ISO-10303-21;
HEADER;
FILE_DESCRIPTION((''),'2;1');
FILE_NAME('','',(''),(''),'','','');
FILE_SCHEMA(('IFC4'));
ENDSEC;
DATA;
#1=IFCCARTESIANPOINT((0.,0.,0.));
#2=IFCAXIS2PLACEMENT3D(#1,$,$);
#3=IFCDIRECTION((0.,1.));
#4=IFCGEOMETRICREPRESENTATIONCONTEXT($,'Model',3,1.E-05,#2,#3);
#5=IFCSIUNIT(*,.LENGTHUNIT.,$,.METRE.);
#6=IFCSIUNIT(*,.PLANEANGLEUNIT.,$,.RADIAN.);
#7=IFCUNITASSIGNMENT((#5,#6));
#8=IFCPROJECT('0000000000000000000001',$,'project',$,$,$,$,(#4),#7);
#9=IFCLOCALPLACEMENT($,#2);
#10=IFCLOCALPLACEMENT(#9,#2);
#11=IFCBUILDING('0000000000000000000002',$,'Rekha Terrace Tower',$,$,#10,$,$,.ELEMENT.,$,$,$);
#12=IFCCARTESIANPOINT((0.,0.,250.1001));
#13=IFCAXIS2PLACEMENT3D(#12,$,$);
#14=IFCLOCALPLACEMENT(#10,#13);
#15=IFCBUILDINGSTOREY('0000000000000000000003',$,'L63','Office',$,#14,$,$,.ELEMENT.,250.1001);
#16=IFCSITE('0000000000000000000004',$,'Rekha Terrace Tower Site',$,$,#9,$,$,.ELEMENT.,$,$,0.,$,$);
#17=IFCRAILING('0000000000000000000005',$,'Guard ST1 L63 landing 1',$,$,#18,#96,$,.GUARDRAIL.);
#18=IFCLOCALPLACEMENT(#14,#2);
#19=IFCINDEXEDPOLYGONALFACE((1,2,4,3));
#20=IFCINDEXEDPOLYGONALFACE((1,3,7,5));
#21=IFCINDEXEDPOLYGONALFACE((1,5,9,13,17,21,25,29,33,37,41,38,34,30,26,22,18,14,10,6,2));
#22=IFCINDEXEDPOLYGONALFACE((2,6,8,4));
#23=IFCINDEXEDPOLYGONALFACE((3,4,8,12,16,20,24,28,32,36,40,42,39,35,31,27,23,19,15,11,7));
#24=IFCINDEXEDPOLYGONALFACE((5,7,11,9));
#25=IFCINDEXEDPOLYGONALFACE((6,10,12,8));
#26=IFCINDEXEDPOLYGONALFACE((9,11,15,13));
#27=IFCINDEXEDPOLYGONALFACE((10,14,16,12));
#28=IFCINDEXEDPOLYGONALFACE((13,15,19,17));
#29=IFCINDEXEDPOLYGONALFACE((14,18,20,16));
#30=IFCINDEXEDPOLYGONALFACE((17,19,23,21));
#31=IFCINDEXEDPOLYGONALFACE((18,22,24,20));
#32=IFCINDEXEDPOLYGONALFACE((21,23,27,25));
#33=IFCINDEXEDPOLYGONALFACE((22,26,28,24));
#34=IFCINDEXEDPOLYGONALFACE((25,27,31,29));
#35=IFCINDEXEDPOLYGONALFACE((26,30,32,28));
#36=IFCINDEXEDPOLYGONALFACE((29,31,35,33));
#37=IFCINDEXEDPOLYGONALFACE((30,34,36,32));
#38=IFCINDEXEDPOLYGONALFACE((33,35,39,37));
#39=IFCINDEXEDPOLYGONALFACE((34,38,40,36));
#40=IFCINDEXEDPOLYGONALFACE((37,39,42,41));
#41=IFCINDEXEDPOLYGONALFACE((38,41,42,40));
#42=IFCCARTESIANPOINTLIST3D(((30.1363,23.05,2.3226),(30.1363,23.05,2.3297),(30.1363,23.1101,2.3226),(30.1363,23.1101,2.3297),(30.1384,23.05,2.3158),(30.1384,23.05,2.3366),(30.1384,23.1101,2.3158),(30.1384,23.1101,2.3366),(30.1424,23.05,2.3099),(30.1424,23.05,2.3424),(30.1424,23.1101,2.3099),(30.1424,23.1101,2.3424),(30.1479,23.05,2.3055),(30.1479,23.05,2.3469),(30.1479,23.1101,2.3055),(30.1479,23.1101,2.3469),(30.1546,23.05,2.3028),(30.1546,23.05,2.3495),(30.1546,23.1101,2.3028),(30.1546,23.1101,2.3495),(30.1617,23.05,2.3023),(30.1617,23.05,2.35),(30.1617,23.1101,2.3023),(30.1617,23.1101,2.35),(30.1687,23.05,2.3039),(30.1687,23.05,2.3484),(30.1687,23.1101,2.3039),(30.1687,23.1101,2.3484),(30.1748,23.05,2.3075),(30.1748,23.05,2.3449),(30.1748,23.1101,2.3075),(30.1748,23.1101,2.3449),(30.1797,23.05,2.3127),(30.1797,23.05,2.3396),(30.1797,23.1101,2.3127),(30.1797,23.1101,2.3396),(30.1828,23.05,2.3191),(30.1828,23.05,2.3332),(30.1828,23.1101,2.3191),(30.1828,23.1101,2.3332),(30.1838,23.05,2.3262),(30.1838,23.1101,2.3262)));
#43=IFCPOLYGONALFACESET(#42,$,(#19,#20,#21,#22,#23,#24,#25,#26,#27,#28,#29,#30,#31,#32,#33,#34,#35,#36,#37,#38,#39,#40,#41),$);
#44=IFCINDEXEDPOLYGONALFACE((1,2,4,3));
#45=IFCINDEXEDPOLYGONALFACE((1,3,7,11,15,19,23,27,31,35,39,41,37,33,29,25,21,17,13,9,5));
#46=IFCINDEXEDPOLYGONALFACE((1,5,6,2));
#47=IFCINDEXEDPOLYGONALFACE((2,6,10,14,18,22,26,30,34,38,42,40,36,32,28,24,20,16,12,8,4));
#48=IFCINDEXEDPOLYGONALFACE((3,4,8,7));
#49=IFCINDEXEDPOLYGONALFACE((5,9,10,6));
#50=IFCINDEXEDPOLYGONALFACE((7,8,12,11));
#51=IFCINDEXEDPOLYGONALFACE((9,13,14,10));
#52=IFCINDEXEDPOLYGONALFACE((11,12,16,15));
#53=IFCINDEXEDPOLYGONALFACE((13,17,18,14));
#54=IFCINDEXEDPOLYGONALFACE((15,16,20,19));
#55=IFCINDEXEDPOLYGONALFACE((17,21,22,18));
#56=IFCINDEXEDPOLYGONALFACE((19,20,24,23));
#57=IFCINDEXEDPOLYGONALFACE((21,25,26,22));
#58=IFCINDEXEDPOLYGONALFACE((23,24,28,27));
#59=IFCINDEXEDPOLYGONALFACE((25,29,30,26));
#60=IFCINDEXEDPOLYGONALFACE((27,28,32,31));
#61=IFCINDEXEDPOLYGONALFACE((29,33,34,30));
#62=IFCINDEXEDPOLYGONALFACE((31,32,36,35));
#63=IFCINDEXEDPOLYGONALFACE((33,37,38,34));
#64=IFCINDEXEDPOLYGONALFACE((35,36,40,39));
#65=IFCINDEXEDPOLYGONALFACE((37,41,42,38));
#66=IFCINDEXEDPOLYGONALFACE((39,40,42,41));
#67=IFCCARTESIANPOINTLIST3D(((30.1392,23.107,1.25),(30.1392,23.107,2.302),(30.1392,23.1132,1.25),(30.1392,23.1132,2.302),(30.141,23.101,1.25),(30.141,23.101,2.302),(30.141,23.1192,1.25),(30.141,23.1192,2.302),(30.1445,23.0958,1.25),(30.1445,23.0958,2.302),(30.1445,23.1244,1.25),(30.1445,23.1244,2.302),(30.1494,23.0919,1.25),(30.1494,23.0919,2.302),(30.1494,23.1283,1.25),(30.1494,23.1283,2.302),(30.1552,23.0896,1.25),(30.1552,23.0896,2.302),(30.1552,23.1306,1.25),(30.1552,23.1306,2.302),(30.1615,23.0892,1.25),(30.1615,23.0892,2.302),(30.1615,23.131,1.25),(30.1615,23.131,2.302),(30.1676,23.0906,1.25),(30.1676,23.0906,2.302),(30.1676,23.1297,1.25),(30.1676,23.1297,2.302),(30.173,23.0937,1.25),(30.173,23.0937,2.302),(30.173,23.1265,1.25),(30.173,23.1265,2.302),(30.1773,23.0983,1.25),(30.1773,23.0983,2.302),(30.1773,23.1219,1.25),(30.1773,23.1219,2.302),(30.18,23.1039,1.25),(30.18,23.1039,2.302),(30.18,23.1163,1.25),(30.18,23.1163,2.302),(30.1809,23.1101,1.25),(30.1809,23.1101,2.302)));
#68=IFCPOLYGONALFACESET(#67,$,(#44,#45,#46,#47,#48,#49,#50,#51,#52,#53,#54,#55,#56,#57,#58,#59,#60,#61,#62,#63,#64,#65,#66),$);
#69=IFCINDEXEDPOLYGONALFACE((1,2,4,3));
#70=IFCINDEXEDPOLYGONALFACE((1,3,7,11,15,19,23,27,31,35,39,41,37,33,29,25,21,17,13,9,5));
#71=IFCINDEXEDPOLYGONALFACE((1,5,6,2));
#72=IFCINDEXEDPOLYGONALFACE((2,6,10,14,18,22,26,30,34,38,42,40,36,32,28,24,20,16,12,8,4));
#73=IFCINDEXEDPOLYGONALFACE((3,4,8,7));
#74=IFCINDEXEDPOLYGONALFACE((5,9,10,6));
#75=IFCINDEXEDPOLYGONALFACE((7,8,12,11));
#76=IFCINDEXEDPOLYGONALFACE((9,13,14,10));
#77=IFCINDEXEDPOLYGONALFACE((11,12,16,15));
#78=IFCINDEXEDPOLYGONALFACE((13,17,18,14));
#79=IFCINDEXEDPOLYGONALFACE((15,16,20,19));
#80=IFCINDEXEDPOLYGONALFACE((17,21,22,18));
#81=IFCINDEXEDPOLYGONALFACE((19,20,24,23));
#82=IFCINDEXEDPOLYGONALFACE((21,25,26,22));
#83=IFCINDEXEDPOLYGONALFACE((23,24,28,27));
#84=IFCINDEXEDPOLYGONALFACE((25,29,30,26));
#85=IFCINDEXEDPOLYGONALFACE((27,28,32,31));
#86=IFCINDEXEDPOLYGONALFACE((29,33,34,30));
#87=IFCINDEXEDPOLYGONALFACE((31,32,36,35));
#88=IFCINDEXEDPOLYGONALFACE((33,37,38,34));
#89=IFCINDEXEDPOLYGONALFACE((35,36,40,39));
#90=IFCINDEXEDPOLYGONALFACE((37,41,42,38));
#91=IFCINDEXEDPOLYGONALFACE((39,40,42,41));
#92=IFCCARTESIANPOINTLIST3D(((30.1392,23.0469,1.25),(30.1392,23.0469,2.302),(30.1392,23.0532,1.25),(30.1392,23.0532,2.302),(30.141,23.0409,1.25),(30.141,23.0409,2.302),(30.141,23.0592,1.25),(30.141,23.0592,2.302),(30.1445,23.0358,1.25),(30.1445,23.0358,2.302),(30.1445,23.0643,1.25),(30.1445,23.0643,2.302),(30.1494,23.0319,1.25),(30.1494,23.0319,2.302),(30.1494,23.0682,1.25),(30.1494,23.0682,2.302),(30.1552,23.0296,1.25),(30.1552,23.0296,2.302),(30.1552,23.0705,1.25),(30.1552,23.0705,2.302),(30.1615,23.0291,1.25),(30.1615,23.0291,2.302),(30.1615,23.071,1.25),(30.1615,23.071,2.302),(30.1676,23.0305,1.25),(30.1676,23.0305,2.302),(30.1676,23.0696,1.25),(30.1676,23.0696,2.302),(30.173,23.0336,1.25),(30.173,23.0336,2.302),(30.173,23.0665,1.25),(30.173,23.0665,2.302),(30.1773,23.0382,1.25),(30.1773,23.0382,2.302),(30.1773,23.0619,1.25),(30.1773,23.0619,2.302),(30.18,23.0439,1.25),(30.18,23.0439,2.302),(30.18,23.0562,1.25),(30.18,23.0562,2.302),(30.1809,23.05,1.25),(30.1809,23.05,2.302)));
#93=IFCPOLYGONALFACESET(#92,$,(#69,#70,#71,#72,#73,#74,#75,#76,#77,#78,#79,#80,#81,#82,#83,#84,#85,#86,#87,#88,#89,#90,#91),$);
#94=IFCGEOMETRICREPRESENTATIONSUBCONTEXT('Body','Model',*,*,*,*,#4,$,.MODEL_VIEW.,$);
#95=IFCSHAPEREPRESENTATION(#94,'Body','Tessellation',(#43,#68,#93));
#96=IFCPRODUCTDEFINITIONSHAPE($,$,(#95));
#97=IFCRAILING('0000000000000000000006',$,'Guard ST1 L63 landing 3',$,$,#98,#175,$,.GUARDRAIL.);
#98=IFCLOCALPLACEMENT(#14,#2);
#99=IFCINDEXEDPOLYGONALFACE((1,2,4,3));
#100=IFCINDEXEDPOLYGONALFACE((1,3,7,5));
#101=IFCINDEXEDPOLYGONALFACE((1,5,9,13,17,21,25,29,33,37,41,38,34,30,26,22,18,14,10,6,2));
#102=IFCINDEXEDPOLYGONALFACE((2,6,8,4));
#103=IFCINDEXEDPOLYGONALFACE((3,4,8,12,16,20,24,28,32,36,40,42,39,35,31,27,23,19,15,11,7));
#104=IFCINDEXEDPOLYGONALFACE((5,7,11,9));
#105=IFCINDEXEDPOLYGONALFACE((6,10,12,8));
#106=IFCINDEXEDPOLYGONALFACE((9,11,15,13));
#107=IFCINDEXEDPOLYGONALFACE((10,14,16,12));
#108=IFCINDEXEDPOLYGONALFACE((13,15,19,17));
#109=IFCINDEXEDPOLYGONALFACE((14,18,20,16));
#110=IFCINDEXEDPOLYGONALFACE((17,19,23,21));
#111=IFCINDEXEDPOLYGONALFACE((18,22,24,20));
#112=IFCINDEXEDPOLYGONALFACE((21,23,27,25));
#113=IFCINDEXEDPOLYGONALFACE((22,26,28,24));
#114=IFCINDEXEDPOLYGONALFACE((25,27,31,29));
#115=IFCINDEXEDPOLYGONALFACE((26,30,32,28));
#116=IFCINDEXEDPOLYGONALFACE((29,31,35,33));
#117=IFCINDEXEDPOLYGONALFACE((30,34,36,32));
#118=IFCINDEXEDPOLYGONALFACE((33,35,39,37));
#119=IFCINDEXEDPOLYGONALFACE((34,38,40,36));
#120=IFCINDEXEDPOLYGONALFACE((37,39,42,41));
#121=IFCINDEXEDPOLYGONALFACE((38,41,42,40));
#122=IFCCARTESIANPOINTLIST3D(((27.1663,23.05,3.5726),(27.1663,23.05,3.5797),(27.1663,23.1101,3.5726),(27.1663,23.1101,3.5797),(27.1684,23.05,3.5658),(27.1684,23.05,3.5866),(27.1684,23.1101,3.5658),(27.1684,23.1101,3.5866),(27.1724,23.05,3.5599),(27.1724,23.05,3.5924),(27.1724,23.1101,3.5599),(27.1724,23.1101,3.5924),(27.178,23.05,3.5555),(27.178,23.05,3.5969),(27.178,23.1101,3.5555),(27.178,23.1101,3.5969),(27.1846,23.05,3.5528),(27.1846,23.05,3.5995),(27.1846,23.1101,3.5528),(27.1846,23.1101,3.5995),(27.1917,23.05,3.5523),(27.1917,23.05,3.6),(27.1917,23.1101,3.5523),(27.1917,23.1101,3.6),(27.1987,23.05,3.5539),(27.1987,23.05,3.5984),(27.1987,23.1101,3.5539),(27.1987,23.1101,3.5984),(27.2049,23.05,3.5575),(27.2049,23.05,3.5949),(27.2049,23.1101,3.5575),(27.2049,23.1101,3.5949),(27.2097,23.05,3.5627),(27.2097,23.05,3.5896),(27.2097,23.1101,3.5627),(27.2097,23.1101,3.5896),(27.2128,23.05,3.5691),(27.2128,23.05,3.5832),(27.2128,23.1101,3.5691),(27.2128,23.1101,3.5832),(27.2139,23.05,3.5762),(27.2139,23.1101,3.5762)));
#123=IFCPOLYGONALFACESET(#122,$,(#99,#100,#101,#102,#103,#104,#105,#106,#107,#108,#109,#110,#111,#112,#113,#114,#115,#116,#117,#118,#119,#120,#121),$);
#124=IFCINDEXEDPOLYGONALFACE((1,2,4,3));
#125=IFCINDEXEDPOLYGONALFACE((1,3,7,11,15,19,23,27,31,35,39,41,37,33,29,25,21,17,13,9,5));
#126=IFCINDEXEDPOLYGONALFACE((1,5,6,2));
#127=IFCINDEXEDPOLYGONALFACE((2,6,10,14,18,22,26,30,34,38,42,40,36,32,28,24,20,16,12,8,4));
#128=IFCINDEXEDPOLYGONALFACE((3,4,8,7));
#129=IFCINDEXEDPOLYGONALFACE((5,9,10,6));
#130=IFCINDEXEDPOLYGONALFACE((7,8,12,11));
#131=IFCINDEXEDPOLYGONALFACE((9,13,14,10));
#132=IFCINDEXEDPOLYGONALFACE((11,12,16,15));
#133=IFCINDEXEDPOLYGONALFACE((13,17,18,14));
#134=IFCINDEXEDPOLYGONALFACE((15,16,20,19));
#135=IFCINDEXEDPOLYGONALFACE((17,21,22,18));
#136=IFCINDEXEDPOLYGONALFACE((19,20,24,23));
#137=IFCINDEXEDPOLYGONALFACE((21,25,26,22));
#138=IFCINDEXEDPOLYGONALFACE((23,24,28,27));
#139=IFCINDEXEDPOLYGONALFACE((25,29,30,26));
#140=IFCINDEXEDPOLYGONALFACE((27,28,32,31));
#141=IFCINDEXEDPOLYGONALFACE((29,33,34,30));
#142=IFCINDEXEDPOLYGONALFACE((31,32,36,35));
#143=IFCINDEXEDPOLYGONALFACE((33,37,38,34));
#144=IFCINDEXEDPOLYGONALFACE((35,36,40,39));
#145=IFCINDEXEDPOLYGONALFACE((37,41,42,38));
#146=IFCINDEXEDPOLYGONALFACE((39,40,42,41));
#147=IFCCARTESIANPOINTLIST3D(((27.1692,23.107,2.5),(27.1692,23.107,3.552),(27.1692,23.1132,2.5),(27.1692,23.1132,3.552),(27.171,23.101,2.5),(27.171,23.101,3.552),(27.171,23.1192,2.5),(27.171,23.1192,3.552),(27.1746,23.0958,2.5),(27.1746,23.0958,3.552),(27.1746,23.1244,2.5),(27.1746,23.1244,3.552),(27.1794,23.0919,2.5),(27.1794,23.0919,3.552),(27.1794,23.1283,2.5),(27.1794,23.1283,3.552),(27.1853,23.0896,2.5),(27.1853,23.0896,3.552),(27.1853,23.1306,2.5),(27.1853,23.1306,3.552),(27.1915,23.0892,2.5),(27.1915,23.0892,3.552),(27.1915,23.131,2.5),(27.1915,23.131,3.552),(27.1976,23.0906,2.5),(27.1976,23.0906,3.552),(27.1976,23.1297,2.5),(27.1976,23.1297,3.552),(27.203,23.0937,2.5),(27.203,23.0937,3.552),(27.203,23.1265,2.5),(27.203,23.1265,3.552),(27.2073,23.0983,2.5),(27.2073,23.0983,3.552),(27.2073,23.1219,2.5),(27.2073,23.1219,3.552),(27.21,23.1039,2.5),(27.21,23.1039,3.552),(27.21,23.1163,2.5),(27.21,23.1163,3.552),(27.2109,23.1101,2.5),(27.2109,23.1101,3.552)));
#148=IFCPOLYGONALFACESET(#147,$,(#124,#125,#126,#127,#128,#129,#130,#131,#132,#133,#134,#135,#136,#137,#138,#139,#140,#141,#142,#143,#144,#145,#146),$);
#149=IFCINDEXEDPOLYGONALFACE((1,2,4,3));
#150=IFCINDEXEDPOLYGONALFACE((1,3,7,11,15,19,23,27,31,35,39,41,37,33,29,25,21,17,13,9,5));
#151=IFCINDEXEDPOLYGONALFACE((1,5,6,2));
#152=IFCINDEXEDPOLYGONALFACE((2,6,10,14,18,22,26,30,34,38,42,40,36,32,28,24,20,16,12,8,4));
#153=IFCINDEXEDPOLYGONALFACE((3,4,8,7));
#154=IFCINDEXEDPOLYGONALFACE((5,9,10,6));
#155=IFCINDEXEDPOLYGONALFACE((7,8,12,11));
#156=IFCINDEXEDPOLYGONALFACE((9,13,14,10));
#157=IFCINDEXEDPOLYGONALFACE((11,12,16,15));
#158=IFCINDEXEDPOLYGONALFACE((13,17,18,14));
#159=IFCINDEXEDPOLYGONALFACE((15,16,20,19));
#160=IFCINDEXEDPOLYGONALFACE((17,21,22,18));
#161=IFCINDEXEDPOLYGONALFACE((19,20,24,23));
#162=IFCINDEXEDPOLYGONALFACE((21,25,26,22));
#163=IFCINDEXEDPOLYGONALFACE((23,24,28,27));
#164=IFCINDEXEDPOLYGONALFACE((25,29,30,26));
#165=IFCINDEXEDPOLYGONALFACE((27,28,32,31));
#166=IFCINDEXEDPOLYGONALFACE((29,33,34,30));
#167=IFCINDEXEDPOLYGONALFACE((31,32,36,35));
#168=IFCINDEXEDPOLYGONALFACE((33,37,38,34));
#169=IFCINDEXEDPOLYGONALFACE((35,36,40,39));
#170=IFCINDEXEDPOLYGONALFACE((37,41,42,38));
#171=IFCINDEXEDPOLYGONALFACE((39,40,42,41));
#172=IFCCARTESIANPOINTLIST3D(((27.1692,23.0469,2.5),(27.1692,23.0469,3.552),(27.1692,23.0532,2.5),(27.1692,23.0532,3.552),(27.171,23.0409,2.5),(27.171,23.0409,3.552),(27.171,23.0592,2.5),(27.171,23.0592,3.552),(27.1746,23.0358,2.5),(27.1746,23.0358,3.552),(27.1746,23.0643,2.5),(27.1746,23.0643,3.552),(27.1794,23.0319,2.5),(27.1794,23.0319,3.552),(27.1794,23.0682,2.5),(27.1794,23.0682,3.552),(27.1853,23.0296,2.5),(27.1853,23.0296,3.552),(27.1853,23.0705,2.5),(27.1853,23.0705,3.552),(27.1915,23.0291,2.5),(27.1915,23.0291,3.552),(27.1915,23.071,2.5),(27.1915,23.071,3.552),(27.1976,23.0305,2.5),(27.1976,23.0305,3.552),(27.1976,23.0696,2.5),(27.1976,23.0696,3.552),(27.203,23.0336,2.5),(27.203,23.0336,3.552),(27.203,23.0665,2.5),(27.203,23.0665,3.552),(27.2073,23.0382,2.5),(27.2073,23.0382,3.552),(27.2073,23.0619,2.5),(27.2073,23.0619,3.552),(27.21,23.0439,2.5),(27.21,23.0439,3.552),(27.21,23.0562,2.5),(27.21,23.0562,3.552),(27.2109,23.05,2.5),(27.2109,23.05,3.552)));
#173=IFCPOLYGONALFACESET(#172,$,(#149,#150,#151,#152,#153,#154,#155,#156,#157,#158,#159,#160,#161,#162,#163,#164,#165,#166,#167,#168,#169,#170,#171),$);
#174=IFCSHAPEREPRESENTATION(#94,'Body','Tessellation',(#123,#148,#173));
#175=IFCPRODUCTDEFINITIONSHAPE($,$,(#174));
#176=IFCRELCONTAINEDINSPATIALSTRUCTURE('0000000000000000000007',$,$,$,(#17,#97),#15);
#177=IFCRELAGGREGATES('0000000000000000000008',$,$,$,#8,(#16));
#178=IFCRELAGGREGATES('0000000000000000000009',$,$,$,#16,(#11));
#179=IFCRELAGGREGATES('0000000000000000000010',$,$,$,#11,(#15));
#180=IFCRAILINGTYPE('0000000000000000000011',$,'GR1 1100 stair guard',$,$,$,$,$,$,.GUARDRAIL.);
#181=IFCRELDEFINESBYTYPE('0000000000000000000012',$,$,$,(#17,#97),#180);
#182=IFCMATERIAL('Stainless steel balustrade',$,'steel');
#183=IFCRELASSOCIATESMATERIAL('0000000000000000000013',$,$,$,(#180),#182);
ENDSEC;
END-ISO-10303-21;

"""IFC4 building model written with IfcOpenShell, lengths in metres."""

from ifc_helpers import new_model, si_unit, direction, frame, origin, origin_2d, place, context, subcontext, project, spatial, circle, extrude, material, type_object, element, save


model = new_model("IFC4")

# Units and contexts
model_context = context("Model", 3, precision=1e-05, world=origin(), true_north=direction((0.0, 1.0)))
body_context = subcontext(model_context, "Body", "Model", "MODEL_VIEW")
ifc_project = project(units=[si_unit("LENGTHUNIT", "METRE"), si_unit("PLANEANGLEUNIT", "RADIAN")], contexts=[model_context])

# Site, building, storey
site_placement = place(None, origin())
site = spatial("IfcSite", under=ifc_project, at=site_placement, Name="Rekha Terrace Tower Site", CompositionType="ELEMENT", RefElevation=0.0)
building_placement = place(site_placement, origin())
building = spatial("IfcBuilding", under=site, at=building_placement, Name="Rekha Terrace Tower", CompositionType="ELEMENT")
storey_placement = place(building_placement, frame((0.0, 0.0, 250.1001)))
storey = spatial("IfcBuildingStorey", under=building, at=storey_placement, Name="L63", Description="Office", CompositionType="ELEMENT", Elevation=250.1001)

# Railings
ifc_material_1 = material(Name="Stainless steel balustrade", Category="steel")
railing_type_1 = type_object("IfcRailingType", Name="GR1 1100 stair guard", PredefinedType="GUARDRAIL", material=ifc_material_1)
for number, where, name in (
    (1, (30.1599, 23.1101, 1.25), "Guard ST1 L63 landing 1"),
    (2, (27.1899, 23.1101, 2.5), "Guard ST1 L63 landing 3"),
):
    element("IfcRailing", number, at=place(storey_placement, frame(where)), inside=storey, type_object=railing_type_1, Name=name, PredefinedType="GUARDRAIL", context=body_context, shape_type="SweptSolid", body=[
        extrude(circle(Radius=0.0239, at=origin_2d()), frame((0.0, 0.0, 1.0762), z_axis=(0.0, -1.0, 0.0), x_axis=(1.0, 0.0, 0.0)), (0.0, 0.0, 1.0), 0.0601),
        extrude(circle(Radius=0.021, at=origin_2d()), origin(), (0.0, 0.0, 1.0), 1.052),
        extrude(circle(Radius=0.021, at=origin_2d()), frame((0.0, -0.0601, 0.0)), (0.0, 0.0, 1.0), 1.052),
    ])

save(model, "model.ifc")
